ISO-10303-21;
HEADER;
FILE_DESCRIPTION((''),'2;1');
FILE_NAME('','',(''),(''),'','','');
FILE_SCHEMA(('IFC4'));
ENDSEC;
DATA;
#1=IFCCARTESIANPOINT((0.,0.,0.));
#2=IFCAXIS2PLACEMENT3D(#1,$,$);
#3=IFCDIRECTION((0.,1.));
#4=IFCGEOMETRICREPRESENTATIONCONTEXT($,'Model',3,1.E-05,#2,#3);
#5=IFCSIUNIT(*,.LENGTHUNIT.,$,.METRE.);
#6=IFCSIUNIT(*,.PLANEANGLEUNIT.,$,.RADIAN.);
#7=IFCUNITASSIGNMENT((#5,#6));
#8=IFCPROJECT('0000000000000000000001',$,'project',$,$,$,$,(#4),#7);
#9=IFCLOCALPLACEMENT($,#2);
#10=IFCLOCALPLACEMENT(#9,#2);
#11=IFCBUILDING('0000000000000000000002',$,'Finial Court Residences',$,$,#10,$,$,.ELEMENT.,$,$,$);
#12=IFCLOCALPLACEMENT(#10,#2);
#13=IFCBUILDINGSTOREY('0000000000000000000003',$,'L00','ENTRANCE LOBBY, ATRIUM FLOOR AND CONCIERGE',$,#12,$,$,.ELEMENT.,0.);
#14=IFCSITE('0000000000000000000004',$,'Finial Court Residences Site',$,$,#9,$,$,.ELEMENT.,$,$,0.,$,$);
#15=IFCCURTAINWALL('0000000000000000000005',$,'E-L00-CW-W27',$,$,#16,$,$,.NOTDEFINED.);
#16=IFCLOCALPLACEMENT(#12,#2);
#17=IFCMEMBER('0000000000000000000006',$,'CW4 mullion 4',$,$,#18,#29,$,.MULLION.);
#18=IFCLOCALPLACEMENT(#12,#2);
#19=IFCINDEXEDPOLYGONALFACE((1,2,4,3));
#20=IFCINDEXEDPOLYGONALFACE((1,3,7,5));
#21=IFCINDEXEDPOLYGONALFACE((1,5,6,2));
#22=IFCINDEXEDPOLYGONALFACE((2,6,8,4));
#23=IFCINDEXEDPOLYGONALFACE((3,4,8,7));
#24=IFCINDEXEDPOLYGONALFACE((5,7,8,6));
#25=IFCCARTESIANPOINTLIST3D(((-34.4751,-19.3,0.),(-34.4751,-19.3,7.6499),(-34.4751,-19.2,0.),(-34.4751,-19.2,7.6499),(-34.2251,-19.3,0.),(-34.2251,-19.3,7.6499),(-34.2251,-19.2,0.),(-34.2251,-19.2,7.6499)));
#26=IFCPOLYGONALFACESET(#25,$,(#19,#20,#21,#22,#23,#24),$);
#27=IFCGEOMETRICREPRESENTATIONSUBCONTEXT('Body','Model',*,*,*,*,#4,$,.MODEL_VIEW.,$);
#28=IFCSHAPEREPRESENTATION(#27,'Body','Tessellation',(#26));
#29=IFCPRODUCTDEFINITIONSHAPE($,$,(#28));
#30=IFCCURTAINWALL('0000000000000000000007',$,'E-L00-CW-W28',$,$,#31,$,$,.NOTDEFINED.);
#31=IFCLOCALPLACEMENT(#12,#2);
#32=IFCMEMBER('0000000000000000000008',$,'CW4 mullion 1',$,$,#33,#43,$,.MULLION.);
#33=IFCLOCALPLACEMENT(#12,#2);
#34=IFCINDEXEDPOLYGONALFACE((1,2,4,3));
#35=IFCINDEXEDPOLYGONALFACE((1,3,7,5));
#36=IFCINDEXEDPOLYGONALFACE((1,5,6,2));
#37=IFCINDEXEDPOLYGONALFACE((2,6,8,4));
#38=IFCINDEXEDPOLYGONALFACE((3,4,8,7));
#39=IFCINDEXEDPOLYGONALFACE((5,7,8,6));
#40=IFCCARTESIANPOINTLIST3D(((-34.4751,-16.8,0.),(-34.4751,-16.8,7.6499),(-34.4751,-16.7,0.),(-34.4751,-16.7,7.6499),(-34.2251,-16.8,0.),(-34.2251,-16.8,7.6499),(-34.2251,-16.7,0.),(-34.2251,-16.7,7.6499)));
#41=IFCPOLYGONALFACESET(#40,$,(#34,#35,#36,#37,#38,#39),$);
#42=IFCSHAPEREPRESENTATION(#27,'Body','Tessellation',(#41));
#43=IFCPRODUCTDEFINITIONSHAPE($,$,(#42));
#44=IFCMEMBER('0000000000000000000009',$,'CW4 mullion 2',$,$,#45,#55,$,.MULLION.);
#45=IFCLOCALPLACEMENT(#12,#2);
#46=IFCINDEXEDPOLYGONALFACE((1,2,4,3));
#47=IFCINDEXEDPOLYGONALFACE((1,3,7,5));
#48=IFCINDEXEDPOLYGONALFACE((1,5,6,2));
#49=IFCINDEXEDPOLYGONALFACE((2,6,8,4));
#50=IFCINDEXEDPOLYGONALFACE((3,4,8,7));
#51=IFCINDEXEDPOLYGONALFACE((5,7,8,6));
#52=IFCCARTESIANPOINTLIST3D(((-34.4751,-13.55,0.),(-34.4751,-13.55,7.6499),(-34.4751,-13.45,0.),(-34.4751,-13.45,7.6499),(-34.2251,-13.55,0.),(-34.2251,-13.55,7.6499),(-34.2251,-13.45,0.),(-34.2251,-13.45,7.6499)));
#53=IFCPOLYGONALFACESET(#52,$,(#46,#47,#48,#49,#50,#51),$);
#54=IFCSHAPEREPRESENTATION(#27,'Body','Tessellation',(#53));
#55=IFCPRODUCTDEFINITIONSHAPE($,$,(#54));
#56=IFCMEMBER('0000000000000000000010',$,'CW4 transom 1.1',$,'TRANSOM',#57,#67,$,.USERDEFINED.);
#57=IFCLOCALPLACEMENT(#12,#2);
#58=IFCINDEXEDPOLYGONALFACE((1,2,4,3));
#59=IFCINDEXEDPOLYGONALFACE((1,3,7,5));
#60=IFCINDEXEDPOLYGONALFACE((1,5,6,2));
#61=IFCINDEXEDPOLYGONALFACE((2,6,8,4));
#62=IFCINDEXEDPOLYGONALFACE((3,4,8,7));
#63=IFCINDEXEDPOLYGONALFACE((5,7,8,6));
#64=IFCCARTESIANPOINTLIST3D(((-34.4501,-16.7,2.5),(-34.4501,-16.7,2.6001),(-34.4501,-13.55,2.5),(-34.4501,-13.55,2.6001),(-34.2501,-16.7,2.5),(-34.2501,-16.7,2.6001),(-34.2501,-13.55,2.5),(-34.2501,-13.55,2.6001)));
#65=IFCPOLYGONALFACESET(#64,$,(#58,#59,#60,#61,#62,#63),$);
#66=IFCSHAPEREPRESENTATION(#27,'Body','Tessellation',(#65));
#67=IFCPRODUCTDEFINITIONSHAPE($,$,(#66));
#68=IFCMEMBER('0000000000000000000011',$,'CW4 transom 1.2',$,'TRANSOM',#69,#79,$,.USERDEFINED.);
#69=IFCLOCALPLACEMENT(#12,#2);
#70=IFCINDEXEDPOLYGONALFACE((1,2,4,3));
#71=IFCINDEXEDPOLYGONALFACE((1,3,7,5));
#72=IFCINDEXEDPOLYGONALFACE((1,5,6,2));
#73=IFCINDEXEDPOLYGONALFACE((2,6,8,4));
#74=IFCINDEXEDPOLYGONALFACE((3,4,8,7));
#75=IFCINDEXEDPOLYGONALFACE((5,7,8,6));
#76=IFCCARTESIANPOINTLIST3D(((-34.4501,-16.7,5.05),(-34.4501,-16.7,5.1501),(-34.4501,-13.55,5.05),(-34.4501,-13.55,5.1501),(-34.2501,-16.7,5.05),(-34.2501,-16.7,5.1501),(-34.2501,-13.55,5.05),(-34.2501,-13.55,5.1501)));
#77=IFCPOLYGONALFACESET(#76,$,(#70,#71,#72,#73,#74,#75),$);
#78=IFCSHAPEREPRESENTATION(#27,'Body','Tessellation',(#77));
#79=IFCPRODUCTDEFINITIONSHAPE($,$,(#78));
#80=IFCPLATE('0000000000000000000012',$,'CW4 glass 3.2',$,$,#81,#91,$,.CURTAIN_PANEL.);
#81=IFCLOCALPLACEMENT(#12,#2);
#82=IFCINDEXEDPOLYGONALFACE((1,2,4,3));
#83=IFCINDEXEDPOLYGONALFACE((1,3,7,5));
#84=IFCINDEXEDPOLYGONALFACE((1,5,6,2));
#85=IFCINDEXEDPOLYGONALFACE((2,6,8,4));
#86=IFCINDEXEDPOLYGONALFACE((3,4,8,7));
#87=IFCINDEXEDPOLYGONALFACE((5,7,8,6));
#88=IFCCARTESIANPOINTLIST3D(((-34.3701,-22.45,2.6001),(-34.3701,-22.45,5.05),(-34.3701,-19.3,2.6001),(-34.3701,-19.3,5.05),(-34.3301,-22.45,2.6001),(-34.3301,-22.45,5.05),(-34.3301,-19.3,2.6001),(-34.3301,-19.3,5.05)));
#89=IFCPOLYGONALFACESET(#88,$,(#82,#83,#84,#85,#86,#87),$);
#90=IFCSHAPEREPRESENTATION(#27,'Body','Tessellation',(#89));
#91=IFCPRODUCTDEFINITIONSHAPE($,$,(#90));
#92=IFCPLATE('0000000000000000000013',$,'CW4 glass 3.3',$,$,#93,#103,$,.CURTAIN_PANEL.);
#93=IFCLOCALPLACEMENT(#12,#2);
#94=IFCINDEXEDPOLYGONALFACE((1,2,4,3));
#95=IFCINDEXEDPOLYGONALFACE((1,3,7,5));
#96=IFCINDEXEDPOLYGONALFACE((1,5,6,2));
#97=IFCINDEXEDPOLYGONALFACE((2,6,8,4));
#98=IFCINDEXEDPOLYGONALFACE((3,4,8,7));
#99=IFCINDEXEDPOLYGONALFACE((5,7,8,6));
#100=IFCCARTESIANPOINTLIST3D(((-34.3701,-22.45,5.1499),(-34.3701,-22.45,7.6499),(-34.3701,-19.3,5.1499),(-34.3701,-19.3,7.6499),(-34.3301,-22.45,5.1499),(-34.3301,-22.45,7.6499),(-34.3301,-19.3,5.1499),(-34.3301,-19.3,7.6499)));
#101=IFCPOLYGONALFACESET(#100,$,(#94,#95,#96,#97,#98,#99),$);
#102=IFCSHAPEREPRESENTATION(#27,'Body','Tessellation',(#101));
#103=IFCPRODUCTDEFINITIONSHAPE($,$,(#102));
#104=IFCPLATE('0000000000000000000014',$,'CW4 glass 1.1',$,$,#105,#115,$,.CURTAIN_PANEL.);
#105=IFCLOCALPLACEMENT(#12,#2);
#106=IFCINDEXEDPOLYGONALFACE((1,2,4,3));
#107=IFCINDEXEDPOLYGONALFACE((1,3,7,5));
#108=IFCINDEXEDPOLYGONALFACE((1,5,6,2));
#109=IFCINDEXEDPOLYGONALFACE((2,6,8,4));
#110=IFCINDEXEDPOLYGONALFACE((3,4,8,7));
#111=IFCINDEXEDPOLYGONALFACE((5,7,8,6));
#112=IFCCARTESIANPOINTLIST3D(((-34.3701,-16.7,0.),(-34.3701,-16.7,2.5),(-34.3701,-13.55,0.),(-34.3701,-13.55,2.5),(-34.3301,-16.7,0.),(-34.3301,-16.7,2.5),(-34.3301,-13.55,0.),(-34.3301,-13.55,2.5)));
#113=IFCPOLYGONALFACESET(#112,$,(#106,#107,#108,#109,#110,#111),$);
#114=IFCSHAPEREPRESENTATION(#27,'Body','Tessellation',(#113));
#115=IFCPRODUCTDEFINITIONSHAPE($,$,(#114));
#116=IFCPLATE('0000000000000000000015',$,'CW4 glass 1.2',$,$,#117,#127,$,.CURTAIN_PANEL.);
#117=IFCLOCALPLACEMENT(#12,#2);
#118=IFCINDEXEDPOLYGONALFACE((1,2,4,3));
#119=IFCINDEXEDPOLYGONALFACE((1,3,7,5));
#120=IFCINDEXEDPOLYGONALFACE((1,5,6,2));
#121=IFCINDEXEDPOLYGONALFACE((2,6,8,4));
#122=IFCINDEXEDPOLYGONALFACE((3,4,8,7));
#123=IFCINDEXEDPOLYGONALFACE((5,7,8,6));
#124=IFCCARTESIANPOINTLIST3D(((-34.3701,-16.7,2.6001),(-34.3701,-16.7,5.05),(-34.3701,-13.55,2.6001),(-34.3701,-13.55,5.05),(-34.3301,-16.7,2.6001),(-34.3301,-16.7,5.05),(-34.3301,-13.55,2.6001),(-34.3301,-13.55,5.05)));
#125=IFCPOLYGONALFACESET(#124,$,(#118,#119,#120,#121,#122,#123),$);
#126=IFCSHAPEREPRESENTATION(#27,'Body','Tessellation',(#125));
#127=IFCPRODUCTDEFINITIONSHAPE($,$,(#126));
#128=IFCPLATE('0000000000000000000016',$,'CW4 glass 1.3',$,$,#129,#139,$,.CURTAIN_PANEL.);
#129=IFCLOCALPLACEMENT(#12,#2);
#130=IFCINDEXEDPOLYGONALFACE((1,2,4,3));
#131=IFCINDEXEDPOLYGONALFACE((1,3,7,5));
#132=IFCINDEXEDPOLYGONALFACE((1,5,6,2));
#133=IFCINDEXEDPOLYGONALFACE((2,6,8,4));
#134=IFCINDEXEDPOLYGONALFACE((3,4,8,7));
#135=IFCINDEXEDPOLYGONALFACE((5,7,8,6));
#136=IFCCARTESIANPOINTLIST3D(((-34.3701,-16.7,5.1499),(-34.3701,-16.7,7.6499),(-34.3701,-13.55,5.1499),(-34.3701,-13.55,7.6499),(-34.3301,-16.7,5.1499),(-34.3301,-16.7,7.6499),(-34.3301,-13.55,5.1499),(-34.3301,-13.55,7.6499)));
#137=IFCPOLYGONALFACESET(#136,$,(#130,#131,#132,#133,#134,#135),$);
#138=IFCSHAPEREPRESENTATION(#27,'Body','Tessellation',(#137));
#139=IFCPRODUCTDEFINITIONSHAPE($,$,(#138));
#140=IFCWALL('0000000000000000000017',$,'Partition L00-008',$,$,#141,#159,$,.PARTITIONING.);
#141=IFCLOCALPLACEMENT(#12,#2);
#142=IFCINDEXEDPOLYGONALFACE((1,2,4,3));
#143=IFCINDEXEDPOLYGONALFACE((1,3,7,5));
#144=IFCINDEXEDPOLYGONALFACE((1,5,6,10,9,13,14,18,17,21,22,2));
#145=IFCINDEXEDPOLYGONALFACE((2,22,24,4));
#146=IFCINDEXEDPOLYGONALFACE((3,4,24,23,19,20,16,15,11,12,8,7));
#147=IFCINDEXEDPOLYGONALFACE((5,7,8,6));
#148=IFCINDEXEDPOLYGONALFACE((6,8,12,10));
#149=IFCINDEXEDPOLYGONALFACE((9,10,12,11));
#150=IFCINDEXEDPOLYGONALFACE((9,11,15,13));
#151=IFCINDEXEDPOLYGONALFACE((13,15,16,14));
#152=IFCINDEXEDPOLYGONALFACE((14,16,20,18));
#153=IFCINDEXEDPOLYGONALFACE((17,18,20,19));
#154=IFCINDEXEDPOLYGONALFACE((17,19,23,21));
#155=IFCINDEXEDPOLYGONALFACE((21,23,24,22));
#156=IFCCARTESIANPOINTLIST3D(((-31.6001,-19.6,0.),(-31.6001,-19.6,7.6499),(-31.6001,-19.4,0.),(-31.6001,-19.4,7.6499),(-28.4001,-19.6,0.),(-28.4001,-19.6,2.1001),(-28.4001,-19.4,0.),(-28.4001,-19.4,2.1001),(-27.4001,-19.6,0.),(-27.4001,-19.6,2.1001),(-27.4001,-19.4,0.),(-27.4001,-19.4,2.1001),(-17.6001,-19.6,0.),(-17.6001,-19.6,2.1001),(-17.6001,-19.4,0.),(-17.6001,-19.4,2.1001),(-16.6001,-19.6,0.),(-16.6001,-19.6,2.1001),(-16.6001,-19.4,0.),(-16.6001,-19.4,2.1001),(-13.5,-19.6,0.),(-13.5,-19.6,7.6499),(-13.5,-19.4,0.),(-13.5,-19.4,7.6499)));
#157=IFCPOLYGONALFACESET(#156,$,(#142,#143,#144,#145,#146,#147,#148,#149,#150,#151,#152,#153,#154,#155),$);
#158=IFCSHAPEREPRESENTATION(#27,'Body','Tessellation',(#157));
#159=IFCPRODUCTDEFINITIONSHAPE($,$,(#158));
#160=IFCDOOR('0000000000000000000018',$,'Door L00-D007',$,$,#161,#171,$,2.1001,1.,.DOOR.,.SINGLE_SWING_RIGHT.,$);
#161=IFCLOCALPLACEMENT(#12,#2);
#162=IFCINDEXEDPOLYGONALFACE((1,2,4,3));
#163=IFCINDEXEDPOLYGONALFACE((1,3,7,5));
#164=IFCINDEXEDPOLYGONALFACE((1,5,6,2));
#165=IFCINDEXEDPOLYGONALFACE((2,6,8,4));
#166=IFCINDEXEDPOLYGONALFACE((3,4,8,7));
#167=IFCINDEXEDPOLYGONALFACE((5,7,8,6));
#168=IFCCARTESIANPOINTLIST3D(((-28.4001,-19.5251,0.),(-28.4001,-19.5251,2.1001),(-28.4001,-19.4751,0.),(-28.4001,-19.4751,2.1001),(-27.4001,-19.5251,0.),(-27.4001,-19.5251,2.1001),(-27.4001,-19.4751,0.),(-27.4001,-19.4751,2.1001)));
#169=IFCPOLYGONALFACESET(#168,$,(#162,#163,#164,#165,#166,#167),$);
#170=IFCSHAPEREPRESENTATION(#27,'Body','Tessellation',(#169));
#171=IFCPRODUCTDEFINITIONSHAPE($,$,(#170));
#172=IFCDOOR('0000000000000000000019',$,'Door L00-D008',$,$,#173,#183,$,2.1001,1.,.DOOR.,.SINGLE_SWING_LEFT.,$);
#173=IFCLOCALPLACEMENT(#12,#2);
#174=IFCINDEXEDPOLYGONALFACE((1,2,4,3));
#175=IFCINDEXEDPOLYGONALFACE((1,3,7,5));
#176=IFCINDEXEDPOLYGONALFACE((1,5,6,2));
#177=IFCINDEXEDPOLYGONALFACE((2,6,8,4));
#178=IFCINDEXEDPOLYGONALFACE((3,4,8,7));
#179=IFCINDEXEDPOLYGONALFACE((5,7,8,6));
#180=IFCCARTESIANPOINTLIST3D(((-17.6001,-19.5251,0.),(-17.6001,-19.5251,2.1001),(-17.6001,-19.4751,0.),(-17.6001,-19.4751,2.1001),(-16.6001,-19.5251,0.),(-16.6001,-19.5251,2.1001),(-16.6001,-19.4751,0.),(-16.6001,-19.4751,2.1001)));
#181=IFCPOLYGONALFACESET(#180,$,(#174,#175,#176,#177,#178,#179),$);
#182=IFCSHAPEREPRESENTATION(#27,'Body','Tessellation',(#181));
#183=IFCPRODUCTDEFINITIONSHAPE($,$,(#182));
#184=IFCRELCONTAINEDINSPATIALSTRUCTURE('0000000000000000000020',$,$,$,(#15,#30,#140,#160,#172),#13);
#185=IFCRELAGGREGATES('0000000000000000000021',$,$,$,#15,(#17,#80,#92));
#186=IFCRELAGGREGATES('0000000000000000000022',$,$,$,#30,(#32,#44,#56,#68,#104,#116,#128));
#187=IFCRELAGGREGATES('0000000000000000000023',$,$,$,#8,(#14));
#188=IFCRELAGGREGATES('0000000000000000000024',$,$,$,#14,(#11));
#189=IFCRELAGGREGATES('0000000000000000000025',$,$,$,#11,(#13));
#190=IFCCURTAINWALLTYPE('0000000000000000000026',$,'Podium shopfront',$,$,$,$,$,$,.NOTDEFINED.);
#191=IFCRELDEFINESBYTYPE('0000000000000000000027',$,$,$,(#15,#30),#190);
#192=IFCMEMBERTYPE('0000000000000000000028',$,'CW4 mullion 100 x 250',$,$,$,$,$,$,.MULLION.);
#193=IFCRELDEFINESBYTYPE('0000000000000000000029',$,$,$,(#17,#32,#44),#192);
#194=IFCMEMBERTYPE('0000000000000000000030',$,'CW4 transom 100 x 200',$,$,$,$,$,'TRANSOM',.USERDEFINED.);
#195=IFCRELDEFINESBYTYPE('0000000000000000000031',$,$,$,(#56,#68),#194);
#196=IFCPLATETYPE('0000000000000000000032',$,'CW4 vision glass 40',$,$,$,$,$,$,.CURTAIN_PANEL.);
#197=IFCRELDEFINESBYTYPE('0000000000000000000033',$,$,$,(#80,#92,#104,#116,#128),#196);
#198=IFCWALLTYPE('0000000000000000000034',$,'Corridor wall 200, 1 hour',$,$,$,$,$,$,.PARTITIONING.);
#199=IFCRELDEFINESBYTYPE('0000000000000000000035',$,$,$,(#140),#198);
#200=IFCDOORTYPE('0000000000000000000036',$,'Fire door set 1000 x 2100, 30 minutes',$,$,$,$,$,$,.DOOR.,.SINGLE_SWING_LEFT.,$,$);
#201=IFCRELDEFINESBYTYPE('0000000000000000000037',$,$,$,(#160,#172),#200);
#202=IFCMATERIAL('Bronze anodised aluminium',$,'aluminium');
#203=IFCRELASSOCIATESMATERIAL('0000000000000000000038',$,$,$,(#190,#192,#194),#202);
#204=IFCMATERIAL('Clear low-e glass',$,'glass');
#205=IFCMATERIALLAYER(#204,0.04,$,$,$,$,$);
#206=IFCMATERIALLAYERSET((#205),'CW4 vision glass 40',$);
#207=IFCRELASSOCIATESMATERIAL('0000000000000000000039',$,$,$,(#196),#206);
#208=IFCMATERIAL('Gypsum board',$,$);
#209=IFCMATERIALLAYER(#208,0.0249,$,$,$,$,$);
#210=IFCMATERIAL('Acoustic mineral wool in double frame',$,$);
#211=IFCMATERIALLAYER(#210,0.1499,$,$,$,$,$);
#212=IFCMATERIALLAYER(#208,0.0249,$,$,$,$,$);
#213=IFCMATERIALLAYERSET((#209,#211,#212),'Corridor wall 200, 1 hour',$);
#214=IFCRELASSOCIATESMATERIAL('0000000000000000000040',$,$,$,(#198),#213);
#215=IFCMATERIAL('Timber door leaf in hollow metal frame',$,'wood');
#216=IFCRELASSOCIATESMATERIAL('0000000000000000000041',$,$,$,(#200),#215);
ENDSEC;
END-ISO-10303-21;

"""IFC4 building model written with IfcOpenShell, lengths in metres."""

from ifc_helpers import new_model, si_unit, direction, frame, frame_2d, origin, origin_2d, place, context, subcontext, project, spatial, rectangle, extrude, material, layer, layer_set, material_profile, profile_set, type_object, element, fill, aggregate, save


model = new_model("IFC4")

# Units and contexts
model_context = context("Model", 3, precision=1e-05, world=origin(), true_north=direction((0.0, 1.0)))
body_context = subcontext(model_context, "Body", "Model", "MODEL_VIEW")
ifc_project = project(units=[si_unit("LENGTHUNIT", "METRE"), si_unit("PLANEANGLEUNIT", "RADIAN")], contexts=[model_context])

# Site, building, storey
site_placement = place(None, origin())
site = spatial("IfcSite", under=ifc_project, at=site_placement, Name="Finial Court Residences Site", CompositionType="ELEMENT", RefElevation=0.0)
building_placement = place(site_placement, origin())
building = spatial("IfcBuilding", under=site, at=building_placement, Name="Finial Court Residences", CompositionType="ELEMENT")
storey_placement = place(building_placement, origin())
storey = spatial("IfcBuildingStorey", under=building, at=storey_placement, Name="L00", Description="ENTRANCE LOBBY, ATRIUM FLOOR AND CONCIERGE", CompositionType="ELEMENT", Elevation=0.0)

# Curtain wall, member
ifc_material_1 = material(Name="Bronze anodised aluminium", Category="aluminium")
curtain_wall_type = type_object("IfcCurtainWallType", Name="Podium shopfront", PredefinedType="NOTDEFINED", material=ifc_material_1)
curtain_wall_1_placement = place(storey_placement, origin())
curtain_wall_1 = element("IfcCurtainWall", 1, at=curtain_wall_1_placement, inside=storey, type_object=curtain_wall_type, Name="E-L00-CW-W27", PredefinedType="NOTDEFINED")
ifc_material_profile_1 = material_profile(ifc_material_1, rectangle(XDim=0.25, YDim=0.1001, at=origin_2d()), Name="CW4 mullion 100 x 250")
ifc_profile_set_1 = profile_set([ifc_material_profile_1], Name="Bronze anodised aluminium")
member_type_1 = type_object("IfcMemberType", Name="CW4 mullion 100 x 250", PredefinedType="MULLION", material=ifc_profile_set_1)
member_1_placement = place(storey_placement, frame((-34.3501, -19.25, 0.0), z_axis=(0.0, 0.0, 1.0), x_axis=(-1.0, 0.0, 0.0)))
member_1 = element("IfcMember", 2, at=member_1_placement, type_object=member_type_1, Name="CW4 mullion 4", PredefinedType="MULLION", context=body_context, shape_type="SweptSolid", body=[
    extrude(rectangle(XDim=0.25, YDim=0.1001, at=origin_2d()), origin(), (0.0, 0.0, 1.0), 7.6499),
])

# Curtain wall, members
curtain_wall_2_placement = place(storey_placement, origin())
curtain_wall_2 = element("IfcCurtainWall", 3, at=curtain_wall_2_placement, inside=storey, type_object=curtain_wall_type, Name="E-L00-CW-W28", PredefinedType="NOTDEFINED")
member_2_placement = place(storey_placement, frame((-34.3501, -16.75, 0.0), z_axis=(0.0, 0.0, 1.0), x_axis=(-1.0, 0.0, 0.0)))
member_2 = element("IfcMember", 4, at=member_2_placement, type_object=member_type_1, Name="CW4 mullion 1", PredefinedType="MULLION", context=body_context, shape_type="SweptSolid", body=[
    extrude(rectangle(XDim=0.25, YDim=0.1001, at=origin_2d()), origin(), (0.0, 0.0, 1.0), 7.6499),
])
member_3_placement = place(storey_placement, frame((-34.3501, -13.5, 0.0), z_axis=(0.0, 0.0, 1.0), x_axis=(-1.0, 0.0, 0.0)))
member_3 = element("IfcMember", 5, at=member_3_placement, type_object=member_type_1, Name="CW4 mullion 2", PredefinedType="MULLION", context=body_context, shape_type="SweptSolid", body=[
    extrude(rectangle(XDim=0.25, YDim=0.1001, at=origin_2d()), origin(), (0.0, 0.0, 1.0), 7.6499),
])
ifc_material_profile_2 = material_profile(ifc_material_1, rectangle(XDim=0.2, YDim=0.1001, at=origin_2d()), Name="CW4 transom 100 x 200")
ifc_profile_set_2 = profile_set([ifc_material_profile_2], Name="Bronze anodised aluminium")
member_type_2 = type_object("IfcMemberType", Name="CW4 transom 100 x 200", ElementType="TRANSOM", PredefinedType="USERDEFINED", material=ifc_profile_set_2)
member_4_placement = place(storey_placement, frame((-34.3501, -16.7, 2.55), z_axis=(0.0, 1.0, 0.0), x_axis=(-1.0, 0.0, 0.0)))
member_4 = element("IfcMember", 6, at=member_4_placement, type_object=member_type_2, Name="CW4 transom 1.1", ObjectType="TRANSOM", PredefinedType="USERDEFINED", context=body_context, shape_type="SweptSolid", body=[
    extrude(rectangle(XDim=0.2, YDim=0.1001, at=origin_2d()), origin(), (0.0, 0.0, 1.0), 3.1499),
])
member_5_placement = place(storey_placement, frame((-34.3501, -16.7, 5.1001), z_axis=(0.0, 1.0, 0.0), x_axis=(-1.0, 0.0, 0.0)))
member_5 = element("IfcMember", 7, at=member_5_placement, type_object=member_type_2, Name="CW4 transom 1.2", ObjectType="TRANSOM", PredefinedType="USERDEFINED", context=body_context, shape_type="SweptSolid", body=[
    extrude(rectangle(XDim=0.2, YDim=0.1001, at=origin_2d()), origin(), (0.0, 0.0, 1.0), 3.1499),
])

# Plates
ifc_material_2 = material(Name="Clear low-e glass", Category="glass")
ifc_layer_1 = layer(ifc_material_2, 0.04)
ifc_layer_set_1 = layer_set([ifc_layer_1], Name="CW4 vision glass 40")
plate_type = type_object("IfcPlateType", Name="CW4 vision glass 40", PredefinedType="CURTAIN_PANEL", material=ifc_layer_set_1)
plate_1_placement = place(storey_placement, frame((-34.3501, -20.875, 2.6001), z_axis=(0.0, 0.0, 1.0), x_axis=(0.0, 1.0, 0.0)))
plate_1 = element("IfcPlate", 8, at=plate_1_placement, type_object=plate_type, Name="CW4 glass 3.2", PredefinedType="CURTAIN_PANEL", context=body_context, shape_type="SweptSolid", body=[
    extrude(rectangle(XDim=3.1499, YDim=0.04, at=origin_2d()), origin(), (0.0, 0.0, 1.0), 2.45),
])
plate_2_placement = place(storey_placement, frame((-34.3501, -20.875, 5.1499), z_axis=(0.0, 0.0, 1.0), x_axis=(0.0, 1.0, 0.0)))
plate_2 = element("IfcPlate", 9, at=plate_2_placement, type_object=plate_type, Name="CW4 glass 3.3", PredefinedType="CURTAIN_PANEL", context=body_context, shape_type="SweptSolid", body=[
    extrude(rectangle(XDim=3.1499, YDim=0.04, at=origin_2d()), origin(), (0.0, 0.0, 1.0), 2.5),
])
aggregate(curtain_wall_1, [member_1, plate_1, plate_2])
plate_3_placement = place(storey_placement, frame((-34.3501, -15.125, 0.0), z_axis=(0.0, 0.0, 1.0), x_axis=(0.0, 1.0, 0.0)))
plate_3 = element("IfcPlate", 10, at=plate_3_placement, type_object=plate_type, Name="CW4 glass 1.1", PredefinedType="CURTAIN_PANEL", context=body_context, shape_type="SweptSolid", body=[
    extrude(rectangle(XDim=3.1499, YDim=0.04, at=origin_2d()), origin(), (0.0, 0.0, 1.0), 2.5),
])
plate_4_placement = place(storey_placement, frame((-34.3501, -15.125, 2.6001), z_axis=(0.0, 0.0, 1.0), x_axis=(0.0, 1.0, 0.0)))
plate_4 = element("IfcPlate", 11, at=plate_4_placement, type_object=plate_type, Name="CW4 glass 1.2", PredefinedType="CURTAIN_PANEL", context=body_context, shape_type="SweptSolid", body=[
    extrude(rectangle(XDim=3.1499, YDim=0.04, at=origin_2d()), origin(), (0.0, 0.0, 1.0), 2.45),
])
plate_5_placement = place(storey_placement, frame((-34.3501, -15.125, 5.1499), z_axis=(0.0, 0.0, 1.0), x_axis=(0.0, 1.0, 0.0)))
plate_5 = element("IfcPlate", 12, at=plate_5_placement, type_object=plate_type, Name="CW4 glass 1.3", PredefinedType="CURTAIN_PANEL", context=body_context, shape_type="SweptSolid", body=[
    extrude(rectangle(XDim=3.1499, YDim=0.04, at=origin_2d()), origin(), (0.0, 0.0, 1.0), 2.5),
])
aggregate(curtain_wall_2, [member_2, member_3, member_4, member_5, plate_3, plate_4, plate_5])

# Wall, openings, doors
ifc_material_3 = material(Name="Gypsum board")
ifc_layer_2 = layer(ifc_material_3, 0.0249)
ifc_material_4 = material(Name="Acoustic mineral wool in double frame")
ifc_layer_3 = layer(ifc_material_4, 0.1499)
ifc_layer_4 = layer(ifc_material_3, 0.0249)
ifc_layer_set_2 = layer_set([ifc_layer_2, ifc_layer_3, ifc_layer_4], Name="Corridor wall 200, 1 hour")
wall_type_1 = type_object("IfcWallType", Name="Corridor wall 200, 1 hour", PredefinedType="PARTITIONING", material=ifc_layer_set_2)
wall_1_placement = place(storey_placement, frame((-31.6001, -19.5, 0.0), z_axis=(0.0, 0.0, 1.0), x_axis=(1.0, 0.0, 0.0)))
wall_1 = element("IfcWall", 13, at=wall_1_placement, inside=storey, type_object=wall_type_1, Name="Partition L00-008", PredefinedType="PARTITIONING", context=body_context, shape_type="SweptSolid", body=[
    extrude(rectangle(XDim=18.1001, YDim=0.2, at=frame_2d((9.05, 0.0))), origin(), (0.0, 0.0, 1.0), 7.6499),
])
opening_1_placement = place(wall_1_placement, frame((3.2, 0.0, 0.0)))
opening_1 = element("IfcOpeningElement", 14, at=opening_1_placement, cuts=wall_1, PredefinedType="OPENING", context=body_context, shape_type="SweptSolid", body=[
    extrude(rectangle(XDim=1.0, YDim=2.1001, at=frame_2d((0.5, 1.05))), frame((0.0, 0.1099, 0.0), z_axis=(0.0, -1.0, 0.0), x_axis=(1.0, 0.0, 0.0)), (0.0, 0.0, 1.0), 0.22),
])
opening_2_placement = place(wall_1_placement, frame((14.0, 0.0, 0.0)))
opening_2 = element("IfcOpeningElement", 15, at=opening_2_placement, cuts=wall_1, PredefinedType="OPENING", context=body_context, shape_type="SweptSolid", body=[
    extrude(rectangle(XDim=1.0, YDim=2.1001, at=frame_2d((0.5, 1.05))), frame((0.0, 0.1099, 0.0), z_axis=(0.0, -1.0, 0.0), x_axis=(1.0, 0.0, 0.0)), (0.0, 0.0, 1.0), 0.22),
])
ifc_material_5 = material(Name="Timber door leaf in hollow metal frame", Category="wood")
door_type_1 = type_object("IfcDoorType", Name="Fire door set 1000 x 2100, 30 minutes", OperationType="SINGLE_SWING_LEFT", PredefinedType="DOOR", material=ifc_material_5)
door_1_placement = place(opening_1_placement, origin())
door_1 = element("IfcDoor", 16, at=door_1_placement, inside=storey, type_object=door_type_1, Name="Door L00-D007", OperationType="SINGLE_SWING_RIGHT", OverallHeight=2.1001, OverallWidth=1.0, PredefinedType="DOOR", context=body_context, shape_type="SweptSolid", body=[
    extrude(rectangle(XDim=1.0, YDim=2.1001, at=frame_2d((0.5, 1.05))), frame((0.0, 0.0249, 0.0), z_axis=(0.0, -1.0, 0.0), x_axis=(1.0, 0.0, 0.0)), (0.0, 0.0, 1.0), 0.05),
])
fill(opening_1, door_1)
door_2_placement = place(opening_2_placement, origin())
door_2 = element("IfcDoor", 17, at=door_2_placement, inside=storey, type_object=door_type_1, Name="Door L00-D008", OperationType="SINGLE_SWING_LEFT", OverallHeight=2.1001, OverallWidth=1.0, PredefinedType="DOOR", context=body_context, shape_type="SweptSolid", body=[
    extrude(rectangle(XDim=1.0, YDim=2.1001, at=frame_2d((0.5, 1.05))), frame((0.0, 0.0249, 0.0), z_axis=(0.0, -1.0, 0.0), x_axis=(1.0, 0.0, 0.0)), (0.0, 0.0, 1.0), 0.05),
])
fill(opening_2, door_2)

save(model, "model.ifc")
